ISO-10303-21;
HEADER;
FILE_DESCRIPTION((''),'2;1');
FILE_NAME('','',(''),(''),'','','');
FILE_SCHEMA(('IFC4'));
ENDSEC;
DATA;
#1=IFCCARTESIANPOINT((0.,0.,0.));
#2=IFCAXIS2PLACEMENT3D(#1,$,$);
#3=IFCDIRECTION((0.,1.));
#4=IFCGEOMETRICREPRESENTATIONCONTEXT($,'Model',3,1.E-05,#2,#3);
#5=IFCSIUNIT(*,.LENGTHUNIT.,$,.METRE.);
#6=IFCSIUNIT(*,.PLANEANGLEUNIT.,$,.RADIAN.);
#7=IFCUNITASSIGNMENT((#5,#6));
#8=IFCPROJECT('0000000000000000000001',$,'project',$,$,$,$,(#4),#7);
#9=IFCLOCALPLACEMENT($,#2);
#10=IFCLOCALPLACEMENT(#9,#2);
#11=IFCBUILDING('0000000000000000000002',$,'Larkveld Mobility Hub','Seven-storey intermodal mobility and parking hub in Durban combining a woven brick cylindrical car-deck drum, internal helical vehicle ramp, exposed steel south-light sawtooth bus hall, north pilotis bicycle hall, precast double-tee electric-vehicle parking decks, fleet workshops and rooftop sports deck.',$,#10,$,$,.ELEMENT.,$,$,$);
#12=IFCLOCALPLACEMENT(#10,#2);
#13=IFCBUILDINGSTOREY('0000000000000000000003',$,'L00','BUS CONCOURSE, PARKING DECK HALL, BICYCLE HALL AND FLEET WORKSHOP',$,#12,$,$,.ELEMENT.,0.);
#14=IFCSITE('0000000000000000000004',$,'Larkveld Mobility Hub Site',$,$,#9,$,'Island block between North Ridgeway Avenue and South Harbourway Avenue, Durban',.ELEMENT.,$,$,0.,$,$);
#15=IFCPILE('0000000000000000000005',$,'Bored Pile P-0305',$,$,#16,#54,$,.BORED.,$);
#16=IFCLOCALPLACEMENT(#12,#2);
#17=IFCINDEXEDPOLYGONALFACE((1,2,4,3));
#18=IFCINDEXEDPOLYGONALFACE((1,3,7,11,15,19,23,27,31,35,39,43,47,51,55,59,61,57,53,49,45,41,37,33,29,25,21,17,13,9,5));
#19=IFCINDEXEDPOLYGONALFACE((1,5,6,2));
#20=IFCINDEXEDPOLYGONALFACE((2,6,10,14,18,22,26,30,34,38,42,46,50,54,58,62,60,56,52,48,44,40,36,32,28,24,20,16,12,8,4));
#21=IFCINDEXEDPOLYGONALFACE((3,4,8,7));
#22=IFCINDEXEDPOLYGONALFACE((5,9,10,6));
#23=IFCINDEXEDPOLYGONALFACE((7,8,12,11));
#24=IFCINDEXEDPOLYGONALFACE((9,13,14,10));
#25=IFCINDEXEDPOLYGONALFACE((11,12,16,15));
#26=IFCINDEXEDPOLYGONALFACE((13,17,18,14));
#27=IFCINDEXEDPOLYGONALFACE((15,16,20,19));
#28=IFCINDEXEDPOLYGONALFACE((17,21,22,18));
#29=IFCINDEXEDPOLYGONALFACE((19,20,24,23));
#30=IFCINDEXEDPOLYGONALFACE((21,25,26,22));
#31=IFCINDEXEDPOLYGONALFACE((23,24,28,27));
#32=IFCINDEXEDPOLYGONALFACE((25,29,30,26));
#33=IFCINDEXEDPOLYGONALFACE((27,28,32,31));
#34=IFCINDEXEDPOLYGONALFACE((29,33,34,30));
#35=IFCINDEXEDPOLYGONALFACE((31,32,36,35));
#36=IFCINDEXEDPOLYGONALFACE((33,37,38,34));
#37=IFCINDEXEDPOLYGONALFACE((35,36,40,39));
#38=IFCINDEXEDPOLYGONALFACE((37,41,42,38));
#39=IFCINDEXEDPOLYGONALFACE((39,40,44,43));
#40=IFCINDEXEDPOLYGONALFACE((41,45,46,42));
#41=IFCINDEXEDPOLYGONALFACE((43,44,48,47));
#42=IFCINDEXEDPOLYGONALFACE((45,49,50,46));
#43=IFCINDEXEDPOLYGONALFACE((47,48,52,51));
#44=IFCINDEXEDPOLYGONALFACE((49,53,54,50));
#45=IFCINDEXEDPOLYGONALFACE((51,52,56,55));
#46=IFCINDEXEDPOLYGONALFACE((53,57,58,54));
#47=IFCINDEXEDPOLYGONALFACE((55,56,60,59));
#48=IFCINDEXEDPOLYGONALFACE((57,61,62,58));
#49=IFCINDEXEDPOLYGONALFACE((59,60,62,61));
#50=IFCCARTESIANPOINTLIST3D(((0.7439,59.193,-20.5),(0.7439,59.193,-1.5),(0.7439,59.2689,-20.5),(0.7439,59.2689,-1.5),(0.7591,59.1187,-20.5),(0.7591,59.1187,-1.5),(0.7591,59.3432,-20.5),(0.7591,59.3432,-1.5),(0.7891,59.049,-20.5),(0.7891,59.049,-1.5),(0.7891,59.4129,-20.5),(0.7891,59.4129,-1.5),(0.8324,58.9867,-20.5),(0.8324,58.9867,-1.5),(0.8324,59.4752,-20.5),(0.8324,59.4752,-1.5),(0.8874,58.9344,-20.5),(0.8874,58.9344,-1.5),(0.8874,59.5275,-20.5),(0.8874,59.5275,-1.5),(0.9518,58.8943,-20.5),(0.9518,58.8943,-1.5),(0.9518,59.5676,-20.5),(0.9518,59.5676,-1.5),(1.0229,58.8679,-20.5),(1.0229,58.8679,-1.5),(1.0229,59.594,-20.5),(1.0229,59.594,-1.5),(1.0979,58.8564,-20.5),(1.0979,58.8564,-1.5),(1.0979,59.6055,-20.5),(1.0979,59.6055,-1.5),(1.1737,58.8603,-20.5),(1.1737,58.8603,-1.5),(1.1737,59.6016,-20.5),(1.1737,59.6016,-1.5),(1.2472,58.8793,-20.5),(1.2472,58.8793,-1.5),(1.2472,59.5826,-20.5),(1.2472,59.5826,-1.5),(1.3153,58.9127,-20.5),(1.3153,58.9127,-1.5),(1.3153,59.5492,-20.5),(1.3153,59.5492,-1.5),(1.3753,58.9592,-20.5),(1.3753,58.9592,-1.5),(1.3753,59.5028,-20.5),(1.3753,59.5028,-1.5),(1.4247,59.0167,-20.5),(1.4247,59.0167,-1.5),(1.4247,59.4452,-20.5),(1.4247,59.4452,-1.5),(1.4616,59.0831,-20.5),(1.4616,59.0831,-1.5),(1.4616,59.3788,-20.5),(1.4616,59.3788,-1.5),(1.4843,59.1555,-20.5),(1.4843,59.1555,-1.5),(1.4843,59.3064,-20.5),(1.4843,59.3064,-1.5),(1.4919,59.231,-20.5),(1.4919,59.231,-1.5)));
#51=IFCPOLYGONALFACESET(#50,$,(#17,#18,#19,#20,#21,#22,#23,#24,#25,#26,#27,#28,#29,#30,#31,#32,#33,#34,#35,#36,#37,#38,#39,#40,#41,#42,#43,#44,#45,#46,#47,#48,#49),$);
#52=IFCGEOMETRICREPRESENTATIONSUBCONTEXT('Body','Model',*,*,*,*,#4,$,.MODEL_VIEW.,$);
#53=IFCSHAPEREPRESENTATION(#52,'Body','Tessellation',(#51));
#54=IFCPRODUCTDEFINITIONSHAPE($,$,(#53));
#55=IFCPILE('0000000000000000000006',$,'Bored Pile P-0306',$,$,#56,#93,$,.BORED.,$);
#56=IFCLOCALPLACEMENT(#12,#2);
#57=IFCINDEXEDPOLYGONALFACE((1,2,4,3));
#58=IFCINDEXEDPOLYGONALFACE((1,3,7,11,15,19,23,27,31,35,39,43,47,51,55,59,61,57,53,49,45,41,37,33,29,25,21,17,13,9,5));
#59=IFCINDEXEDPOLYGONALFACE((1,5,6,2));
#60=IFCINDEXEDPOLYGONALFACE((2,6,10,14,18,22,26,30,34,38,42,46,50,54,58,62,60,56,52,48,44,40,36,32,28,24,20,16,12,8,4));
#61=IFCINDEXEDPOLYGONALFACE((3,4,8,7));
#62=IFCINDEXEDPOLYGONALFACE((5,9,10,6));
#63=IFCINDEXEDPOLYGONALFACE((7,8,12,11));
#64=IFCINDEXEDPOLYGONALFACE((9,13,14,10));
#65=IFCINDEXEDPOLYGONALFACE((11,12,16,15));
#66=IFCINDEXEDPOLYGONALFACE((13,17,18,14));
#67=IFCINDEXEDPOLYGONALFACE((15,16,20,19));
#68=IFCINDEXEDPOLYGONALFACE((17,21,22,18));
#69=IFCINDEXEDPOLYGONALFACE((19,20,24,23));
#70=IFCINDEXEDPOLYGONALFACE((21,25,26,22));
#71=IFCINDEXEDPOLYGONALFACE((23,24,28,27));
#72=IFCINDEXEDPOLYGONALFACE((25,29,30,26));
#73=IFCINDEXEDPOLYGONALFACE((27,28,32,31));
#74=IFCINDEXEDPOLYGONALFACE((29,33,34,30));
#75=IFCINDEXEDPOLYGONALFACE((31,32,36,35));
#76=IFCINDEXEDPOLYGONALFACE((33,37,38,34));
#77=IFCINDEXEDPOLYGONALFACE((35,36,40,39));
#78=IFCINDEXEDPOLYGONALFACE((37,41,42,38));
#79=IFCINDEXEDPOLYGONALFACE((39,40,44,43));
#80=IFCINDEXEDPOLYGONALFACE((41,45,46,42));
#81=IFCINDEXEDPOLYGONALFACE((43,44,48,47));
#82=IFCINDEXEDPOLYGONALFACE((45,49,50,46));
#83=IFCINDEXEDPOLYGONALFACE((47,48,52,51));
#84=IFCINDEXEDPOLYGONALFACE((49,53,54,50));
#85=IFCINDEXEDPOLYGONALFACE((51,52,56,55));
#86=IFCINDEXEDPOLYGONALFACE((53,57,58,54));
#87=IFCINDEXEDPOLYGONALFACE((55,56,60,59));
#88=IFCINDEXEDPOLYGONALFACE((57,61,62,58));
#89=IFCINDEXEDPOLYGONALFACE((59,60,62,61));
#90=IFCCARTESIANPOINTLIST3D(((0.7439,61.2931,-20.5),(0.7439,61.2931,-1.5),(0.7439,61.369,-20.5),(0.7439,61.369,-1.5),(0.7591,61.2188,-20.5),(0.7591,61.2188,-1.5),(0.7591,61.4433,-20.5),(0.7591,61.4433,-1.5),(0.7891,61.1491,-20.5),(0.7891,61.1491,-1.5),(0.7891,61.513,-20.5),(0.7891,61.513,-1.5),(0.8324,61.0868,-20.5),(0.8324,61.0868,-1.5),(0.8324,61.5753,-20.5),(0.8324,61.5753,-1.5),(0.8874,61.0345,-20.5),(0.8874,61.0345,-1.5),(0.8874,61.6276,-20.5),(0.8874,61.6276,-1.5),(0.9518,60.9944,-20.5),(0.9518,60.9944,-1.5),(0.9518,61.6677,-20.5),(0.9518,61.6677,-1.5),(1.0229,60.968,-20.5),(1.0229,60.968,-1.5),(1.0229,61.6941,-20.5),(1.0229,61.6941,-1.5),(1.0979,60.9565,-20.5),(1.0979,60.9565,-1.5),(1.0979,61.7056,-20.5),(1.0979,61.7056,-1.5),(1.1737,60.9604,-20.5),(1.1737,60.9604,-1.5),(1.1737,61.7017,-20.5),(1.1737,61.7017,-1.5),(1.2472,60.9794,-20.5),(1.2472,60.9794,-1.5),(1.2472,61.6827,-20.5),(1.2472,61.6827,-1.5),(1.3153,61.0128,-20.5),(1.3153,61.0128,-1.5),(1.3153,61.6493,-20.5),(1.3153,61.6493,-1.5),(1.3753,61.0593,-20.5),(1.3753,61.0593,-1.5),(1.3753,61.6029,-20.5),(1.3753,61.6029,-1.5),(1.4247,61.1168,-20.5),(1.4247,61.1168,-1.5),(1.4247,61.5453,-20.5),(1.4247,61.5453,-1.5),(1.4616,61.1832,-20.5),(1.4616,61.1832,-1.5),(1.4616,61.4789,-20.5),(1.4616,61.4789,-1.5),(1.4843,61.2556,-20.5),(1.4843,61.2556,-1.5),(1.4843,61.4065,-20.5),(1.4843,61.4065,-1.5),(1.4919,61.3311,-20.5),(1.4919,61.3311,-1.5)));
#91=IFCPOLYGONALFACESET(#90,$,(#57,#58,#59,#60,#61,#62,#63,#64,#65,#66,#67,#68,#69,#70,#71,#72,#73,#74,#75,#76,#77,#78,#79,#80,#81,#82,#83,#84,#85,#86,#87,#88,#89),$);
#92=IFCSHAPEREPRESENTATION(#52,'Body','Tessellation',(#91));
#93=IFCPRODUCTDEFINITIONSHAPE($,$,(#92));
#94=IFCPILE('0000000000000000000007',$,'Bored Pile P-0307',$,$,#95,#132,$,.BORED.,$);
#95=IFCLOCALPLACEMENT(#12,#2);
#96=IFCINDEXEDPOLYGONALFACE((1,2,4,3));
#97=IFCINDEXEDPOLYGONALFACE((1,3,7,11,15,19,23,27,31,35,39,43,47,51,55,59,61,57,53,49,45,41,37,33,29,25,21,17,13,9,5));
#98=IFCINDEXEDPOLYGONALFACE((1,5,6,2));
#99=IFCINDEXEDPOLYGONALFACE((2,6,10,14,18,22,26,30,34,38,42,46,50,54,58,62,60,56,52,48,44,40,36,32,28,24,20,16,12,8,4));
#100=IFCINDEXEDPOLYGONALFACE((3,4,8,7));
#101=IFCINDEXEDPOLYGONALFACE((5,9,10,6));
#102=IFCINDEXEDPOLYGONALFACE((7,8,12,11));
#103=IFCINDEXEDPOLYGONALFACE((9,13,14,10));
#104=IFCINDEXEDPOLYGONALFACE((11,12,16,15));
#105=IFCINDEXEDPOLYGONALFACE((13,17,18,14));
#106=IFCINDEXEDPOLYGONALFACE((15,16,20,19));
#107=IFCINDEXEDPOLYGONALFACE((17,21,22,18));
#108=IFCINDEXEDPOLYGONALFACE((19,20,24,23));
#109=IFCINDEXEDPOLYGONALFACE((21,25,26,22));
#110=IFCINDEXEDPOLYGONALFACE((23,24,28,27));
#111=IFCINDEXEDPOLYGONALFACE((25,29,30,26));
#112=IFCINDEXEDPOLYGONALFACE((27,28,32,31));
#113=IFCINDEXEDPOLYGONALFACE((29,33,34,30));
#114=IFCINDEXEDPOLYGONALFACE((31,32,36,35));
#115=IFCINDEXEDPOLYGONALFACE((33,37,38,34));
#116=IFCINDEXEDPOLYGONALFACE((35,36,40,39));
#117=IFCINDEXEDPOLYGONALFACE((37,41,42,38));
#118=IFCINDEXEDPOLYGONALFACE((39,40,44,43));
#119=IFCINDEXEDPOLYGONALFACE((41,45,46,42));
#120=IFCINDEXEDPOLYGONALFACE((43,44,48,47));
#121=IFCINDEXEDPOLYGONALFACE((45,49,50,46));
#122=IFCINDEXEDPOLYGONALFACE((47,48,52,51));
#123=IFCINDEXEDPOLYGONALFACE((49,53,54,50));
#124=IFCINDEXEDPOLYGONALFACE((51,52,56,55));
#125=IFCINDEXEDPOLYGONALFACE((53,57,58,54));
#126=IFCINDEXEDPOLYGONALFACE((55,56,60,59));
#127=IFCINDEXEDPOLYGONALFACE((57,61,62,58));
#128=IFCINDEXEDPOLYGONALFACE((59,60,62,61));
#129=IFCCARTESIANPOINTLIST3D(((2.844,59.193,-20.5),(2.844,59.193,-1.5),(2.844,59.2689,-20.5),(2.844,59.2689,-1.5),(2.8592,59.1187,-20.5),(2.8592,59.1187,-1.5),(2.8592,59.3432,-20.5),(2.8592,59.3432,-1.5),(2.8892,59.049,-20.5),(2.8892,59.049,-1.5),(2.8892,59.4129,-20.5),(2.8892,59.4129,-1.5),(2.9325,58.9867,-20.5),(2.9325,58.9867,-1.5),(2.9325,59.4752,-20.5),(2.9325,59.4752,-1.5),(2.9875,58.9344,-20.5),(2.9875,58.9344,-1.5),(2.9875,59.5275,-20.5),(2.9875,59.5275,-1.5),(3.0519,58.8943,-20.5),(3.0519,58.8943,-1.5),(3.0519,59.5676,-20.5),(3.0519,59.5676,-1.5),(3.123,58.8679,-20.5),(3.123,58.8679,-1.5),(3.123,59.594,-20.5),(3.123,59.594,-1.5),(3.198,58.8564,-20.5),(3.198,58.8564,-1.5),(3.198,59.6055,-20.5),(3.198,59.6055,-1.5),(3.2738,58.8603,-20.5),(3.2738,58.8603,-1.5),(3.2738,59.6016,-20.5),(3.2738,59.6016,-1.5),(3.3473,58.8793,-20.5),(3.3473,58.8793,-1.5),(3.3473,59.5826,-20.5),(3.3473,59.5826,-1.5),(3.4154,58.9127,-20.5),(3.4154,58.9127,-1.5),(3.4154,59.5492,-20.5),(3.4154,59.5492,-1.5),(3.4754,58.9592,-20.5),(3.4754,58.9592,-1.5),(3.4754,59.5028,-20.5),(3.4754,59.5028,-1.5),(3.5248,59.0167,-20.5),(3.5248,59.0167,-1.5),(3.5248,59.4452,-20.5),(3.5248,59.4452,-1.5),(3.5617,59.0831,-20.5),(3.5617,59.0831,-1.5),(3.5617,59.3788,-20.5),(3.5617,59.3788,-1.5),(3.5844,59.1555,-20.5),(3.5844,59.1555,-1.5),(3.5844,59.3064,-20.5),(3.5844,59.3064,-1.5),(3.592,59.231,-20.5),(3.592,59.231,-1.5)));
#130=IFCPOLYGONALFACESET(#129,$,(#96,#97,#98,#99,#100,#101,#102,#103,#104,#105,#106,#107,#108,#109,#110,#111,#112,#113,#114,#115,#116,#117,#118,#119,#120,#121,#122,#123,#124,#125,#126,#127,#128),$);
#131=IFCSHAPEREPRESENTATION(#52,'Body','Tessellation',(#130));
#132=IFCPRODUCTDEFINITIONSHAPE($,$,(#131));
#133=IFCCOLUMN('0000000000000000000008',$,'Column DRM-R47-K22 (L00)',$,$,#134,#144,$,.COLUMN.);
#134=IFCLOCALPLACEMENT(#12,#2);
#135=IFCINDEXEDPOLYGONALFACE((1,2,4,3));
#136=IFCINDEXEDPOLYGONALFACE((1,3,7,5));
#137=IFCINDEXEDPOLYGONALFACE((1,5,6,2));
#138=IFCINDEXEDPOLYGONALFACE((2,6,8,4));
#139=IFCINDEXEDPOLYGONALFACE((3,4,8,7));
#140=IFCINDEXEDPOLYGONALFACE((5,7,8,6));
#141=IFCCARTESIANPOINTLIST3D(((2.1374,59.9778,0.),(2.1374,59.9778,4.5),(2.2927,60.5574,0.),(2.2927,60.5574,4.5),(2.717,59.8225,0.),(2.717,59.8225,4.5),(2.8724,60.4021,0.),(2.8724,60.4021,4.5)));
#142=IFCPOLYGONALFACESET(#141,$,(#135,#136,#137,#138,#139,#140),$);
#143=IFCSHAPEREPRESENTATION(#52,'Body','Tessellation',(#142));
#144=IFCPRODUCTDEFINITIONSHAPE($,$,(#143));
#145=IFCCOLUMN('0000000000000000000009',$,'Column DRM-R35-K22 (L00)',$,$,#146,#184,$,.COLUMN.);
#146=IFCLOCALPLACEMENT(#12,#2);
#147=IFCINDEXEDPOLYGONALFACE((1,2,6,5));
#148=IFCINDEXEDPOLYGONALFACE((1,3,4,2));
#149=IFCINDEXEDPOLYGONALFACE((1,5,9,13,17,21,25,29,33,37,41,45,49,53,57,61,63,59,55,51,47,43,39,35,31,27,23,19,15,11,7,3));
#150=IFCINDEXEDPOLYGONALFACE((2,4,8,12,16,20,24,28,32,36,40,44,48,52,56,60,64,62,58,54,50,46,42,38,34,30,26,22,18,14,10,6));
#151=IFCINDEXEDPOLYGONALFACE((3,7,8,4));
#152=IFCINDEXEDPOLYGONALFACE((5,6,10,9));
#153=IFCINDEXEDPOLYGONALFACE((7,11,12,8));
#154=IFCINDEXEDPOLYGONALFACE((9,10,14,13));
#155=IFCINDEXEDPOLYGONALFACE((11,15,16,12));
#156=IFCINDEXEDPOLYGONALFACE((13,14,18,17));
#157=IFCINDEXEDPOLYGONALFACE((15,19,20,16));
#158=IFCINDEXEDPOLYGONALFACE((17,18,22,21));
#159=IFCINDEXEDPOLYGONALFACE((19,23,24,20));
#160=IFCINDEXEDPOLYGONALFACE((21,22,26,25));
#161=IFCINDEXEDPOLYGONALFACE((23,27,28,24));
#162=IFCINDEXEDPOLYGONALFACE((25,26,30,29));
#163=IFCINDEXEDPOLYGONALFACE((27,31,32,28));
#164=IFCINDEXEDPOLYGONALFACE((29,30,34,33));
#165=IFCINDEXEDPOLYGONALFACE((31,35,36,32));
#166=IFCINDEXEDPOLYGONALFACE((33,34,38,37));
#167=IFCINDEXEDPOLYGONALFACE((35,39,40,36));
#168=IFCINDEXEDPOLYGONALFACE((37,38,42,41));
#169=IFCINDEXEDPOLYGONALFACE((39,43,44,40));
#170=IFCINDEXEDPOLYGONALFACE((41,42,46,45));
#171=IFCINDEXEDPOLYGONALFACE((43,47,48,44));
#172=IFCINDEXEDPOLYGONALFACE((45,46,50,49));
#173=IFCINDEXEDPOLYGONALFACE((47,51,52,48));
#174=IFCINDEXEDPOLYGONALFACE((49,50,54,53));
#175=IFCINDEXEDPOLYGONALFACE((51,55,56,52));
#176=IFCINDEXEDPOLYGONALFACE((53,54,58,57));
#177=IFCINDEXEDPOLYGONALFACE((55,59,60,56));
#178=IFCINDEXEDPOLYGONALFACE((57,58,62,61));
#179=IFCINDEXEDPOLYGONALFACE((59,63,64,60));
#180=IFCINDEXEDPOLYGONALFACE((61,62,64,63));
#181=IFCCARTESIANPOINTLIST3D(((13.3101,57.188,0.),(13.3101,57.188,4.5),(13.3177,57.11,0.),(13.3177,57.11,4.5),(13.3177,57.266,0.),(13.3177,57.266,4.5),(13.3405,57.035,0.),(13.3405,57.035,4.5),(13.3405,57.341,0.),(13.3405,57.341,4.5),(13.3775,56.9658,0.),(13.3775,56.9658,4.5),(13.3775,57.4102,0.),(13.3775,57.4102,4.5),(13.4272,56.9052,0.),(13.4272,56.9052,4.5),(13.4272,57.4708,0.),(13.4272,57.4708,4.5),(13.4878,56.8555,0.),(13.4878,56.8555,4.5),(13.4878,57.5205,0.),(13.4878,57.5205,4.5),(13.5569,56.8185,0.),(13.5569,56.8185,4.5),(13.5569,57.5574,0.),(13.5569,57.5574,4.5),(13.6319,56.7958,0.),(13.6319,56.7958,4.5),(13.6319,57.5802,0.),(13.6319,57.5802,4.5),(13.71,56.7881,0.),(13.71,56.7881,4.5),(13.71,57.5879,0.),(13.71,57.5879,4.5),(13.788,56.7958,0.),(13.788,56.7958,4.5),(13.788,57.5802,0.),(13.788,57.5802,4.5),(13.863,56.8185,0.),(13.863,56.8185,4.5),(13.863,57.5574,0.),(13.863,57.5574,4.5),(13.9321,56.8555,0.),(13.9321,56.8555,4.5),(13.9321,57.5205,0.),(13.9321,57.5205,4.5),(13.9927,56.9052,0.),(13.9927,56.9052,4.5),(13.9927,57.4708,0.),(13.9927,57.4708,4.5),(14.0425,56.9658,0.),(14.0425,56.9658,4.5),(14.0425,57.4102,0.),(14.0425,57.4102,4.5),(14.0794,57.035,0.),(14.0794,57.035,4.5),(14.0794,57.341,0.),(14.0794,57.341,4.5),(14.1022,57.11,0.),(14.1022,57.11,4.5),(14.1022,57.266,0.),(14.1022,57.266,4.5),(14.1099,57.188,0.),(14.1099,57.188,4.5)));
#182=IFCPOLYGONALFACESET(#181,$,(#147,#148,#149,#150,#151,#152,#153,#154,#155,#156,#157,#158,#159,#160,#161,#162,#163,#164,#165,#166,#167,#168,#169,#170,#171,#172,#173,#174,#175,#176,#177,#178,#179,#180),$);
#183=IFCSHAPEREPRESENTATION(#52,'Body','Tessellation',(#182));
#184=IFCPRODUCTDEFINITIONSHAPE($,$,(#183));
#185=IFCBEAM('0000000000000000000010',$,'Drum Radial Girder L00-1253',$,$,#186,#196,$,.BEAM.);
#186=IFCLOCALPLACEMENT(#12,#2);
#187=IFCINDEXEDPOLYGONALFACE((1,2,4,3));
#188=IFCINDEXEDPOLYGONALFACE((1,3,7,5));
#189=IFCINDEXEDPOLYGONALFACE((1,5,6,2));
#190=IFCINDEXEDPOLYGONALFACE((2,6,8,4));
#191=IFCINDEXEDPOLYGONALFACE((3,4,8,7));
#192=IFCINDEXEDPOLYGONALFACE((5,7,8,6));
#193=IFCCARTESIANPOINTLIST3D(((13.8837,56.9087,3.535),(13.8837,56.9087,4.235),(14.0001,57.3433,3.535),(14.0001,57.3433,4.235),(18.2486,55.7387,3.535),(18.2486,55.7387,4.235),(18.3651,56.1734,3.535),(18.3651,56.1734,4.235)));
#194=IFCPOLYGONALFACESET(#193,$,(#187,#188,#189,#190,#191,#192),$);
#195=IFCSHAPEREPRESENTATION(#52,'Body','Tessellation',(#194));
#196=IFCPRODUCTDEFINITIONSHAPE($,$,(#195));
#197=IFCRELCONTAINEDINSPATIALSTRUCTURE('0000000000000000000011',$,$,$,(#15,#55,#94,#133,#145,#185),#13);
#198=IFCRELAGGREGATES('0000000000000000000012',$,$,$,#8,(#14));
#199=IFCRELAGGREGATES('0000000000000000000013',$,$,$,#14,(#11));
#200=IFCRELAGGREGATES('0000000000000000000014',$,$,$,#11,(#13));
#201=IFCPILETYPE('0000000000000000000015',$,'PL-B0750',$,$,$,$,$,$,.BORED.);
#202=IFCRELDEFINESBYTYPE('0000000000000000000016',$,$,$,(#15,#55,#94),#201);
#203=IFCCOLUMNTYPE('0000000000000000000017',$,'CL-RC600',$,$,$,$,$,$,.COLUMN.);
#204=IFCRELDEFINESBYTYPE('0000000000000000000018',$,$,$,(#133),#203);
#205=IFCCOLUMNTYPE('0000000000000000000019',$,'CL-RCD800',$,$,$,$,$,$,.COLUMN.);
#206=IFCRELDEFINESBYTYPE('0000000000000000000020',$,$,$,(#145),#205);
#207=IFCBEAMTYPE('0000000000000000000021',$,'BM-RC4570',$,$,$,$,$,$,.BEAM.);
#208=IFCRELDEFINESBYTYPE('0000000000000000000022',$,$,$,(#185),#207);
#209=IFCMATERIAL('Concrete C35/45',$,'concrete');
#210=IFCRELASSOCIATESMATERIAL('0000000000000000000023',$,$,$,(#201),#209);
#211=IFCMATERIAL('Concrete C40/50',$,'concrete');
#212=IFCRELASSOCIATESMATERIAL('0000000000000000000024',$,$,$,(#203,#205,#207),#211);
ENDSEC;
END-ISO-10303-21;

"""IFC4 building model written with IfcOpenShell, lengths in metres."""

from ifc_helpers import new_model, si_unit, direction, frame, origin, origin_2d, place, context, subcontext, project, spatial, rectangle, circle, extrude, material, material_profile, profile_set, type_object, element, save


model = new_model("IFC4")

# Units and contexts
model_context = context("Model", 3, precision=1e-05, world=origin(), true_north=direction((0.0, 1.0)))
body_context = subcontext(model_context, "Body", "Model", "MODEL_VIEW")
ifc_project = project(units=[si_unit("LENGTHUNIT", "METRE"), si_unit("PLANEANGLEUNIT", "RADIAN")], contexts=[model_context])

# Site, building, storey
site_placement = place(None, origin())
site = spatial("IfcSite", under=ifc_project, at=site_placement, Name="Larkveld Mobility Hub Site", LongName="Island block between North Ridgeway Avenue and South Harbourway Avenue, Durban", CompositionType="ELEMENT", RefElevation=0.0)
building_placement = place(site_placement, origin())
building = spatial("IfcBuilding", under=site, at=building_placement, Name="Larkveld Mobility Hub", Description="Seven-storey intermodal mobility and parking hub in Durban combining a woven brick cylindrical car-deck drum, internal helical vehicle ramp, exposed steel south-light sawtooth bus hall, north pilotis bicycle hall, precast double-tee electric-vehicle parking decks, fleet workshops and rooftop sports deck.", CompositionType="ELEMENT")
storey_placement = place(building_placement, origin())
storey = spatial("IfcBuildingStorey", under=building, at=storey_placement, Name="L00", Description="BUS CONCOURSE, PARKING DECK HALL, BICYCLE HALL AND FLEET WORKSHOP", CompositionType="ELEMENT", Elevation=0.0)

# Shared definitions
ifc_material_1 = material(Name="Concrete C35/45", Category="concrete")

# Piles
ifc_material_profile_1 = material_profile(ifc_material_1, circle(Radius=0.375, at=origin_2d()), Name="PILE D750")
ifc_profile_set_1 = profile_set([ifc_material_profile_1], Name="Concrete C35/45")
pile_type = type_object("IfcPileType", Name="PL-B0750", PredefinedType="BORED", material=ifc_profile_set_1)
for number, where, z_axis, x_axis, name in (
    (1, (1.1169, 59.231, -1.5), (0.0, 0.0, -1.0), (1.0, 0.0, 0.0), "Bored Pile P-0305"),
    (2, (1.1169, 61.3311, -1.5), (0.0, 0.0, -1.0), (1.0, 0.0, 0.0), "Bored Pile P-0306"),
    (3, (3.217, 59.231, -1.5), (0.0, 0.0, -1.0), (1.0, 0.0, 0.0), "Bored Pile P-0307"),
):
    element("IfcPile", number, at=place(storey_placement, frame(where, z_axis=z_axis, x_axis=x_axis)), inside=storey, type_object=pile_type, Name=name, PredefinedType="BORED", context=body_context, shape_type="SweptSolid", body=[
        extrude(circle(Radius=0.375, at=origin_2d()), origin(), (0.0, 0.0, 1.0), 19.0),
    ])

# Columns
ifc_material_2 = material(Name="Concrete C40/50", Category="concrete")
ifc_material_profile_2 = material_profile(ifc_material_2, rectangle(XDim=0.6001, YDim=0.6001, at=origin_2d()), Name="RC COL 600x600")
ifc_profile_set_2 = profile_set([ifc_material_profile_2], Name="Concrete C40/50")
column_type_1 = type_object("IfcColumnType", Name="CL-RC600", PredefinedType="COLUMN", material=ifc_profile_set_2)
column_1_placement = place(storey_placement, frame((2.5049, 60.1899, 0.0), z_axis=(0.0, 0.0, 1.0), x_axis=(-0.965926, 0.258819, 0.0)))
element("IfcColumn", 4, at=column_1_placement, inside=storey, type_object=column_type_1, Name="Column DRM-R47-K22 (L00)", PredefinedType="COLUMN", context=body_context, shape_type="SweptSolid", body=[
    extrude(rectangle(XDim=0.6001, YDim=0.6001, at=origin_2d()), origin(), (0.0, 0.0, 1.0), 4.5),
])
ifc_material_profile_3 = material_profile(ifc_material_2, circle(Radius=0.3999, at=origin_2d()), Name="RC COL D800")
ifc_profile_set_3 = profile_set([ifc_material_profile_3], Name="Concrete C40/50")
column_type_2 = type_object("IfcColumnType", Name="CL-RCD800", PredefinedType="COLUMN", material=ifc_profile_set_3)
column_2_placement = place(storey_placement, frame((13.71, 57.188, 0.0), z_axis=(0.0, 0.0, 1.0), x_axis=(1.0, 0.0, 0.0)))
element("IfcColumn", 5, at=column_2_placement, inside=storey, type_object=column_type_2, Name="Column DRM-R35-K22 (L00)", PredefinedType="COLUMN", context=body_context, shape_type="SweptSolid", body=[
    extrude(circle(Radius=0.3999, at=origin_2d()), origin(), (0.0, 0.0, 1.0), 4.5),
])

# Beam
ifc_material_profile_4 = material_profile(ifc_material_2, rectangle(XDim=0.45, YDim=0.7, at=origin_2d()), Name="RC BM 450x700")
ifc_profile_set_4 = profile_set([ifc_material_profile_4], Name="Concrete C40/50")
beam_type_1 = type_object("IfcBeamType", Name="BM-RC4570", PredefinedType="BEAM", material=ifc_profile_set_4)
beam_1_placement = place(storey_placement, frame((18.3069, 55.9561, 3.885), z_axis=(-0.965908, 0.258886, 0.0), x_axis=(-0.258886, -0.965908, 0.0)))
element("IfcBeam", 6, at=beam_1_placement, inside=storey, type_object=beam_type_1, Name="Drum Radial Girder L00-1253", PredefinedType="BEAM", context=body_context, shape_type="SweptSolid", body=[
    extrude(rectangle(XDim=0.45, YDim=0.7, at=origin_2d()), origin(), (0.0, 0.0, 1.0), 4.519),
])

save(model, "model.ifc")
